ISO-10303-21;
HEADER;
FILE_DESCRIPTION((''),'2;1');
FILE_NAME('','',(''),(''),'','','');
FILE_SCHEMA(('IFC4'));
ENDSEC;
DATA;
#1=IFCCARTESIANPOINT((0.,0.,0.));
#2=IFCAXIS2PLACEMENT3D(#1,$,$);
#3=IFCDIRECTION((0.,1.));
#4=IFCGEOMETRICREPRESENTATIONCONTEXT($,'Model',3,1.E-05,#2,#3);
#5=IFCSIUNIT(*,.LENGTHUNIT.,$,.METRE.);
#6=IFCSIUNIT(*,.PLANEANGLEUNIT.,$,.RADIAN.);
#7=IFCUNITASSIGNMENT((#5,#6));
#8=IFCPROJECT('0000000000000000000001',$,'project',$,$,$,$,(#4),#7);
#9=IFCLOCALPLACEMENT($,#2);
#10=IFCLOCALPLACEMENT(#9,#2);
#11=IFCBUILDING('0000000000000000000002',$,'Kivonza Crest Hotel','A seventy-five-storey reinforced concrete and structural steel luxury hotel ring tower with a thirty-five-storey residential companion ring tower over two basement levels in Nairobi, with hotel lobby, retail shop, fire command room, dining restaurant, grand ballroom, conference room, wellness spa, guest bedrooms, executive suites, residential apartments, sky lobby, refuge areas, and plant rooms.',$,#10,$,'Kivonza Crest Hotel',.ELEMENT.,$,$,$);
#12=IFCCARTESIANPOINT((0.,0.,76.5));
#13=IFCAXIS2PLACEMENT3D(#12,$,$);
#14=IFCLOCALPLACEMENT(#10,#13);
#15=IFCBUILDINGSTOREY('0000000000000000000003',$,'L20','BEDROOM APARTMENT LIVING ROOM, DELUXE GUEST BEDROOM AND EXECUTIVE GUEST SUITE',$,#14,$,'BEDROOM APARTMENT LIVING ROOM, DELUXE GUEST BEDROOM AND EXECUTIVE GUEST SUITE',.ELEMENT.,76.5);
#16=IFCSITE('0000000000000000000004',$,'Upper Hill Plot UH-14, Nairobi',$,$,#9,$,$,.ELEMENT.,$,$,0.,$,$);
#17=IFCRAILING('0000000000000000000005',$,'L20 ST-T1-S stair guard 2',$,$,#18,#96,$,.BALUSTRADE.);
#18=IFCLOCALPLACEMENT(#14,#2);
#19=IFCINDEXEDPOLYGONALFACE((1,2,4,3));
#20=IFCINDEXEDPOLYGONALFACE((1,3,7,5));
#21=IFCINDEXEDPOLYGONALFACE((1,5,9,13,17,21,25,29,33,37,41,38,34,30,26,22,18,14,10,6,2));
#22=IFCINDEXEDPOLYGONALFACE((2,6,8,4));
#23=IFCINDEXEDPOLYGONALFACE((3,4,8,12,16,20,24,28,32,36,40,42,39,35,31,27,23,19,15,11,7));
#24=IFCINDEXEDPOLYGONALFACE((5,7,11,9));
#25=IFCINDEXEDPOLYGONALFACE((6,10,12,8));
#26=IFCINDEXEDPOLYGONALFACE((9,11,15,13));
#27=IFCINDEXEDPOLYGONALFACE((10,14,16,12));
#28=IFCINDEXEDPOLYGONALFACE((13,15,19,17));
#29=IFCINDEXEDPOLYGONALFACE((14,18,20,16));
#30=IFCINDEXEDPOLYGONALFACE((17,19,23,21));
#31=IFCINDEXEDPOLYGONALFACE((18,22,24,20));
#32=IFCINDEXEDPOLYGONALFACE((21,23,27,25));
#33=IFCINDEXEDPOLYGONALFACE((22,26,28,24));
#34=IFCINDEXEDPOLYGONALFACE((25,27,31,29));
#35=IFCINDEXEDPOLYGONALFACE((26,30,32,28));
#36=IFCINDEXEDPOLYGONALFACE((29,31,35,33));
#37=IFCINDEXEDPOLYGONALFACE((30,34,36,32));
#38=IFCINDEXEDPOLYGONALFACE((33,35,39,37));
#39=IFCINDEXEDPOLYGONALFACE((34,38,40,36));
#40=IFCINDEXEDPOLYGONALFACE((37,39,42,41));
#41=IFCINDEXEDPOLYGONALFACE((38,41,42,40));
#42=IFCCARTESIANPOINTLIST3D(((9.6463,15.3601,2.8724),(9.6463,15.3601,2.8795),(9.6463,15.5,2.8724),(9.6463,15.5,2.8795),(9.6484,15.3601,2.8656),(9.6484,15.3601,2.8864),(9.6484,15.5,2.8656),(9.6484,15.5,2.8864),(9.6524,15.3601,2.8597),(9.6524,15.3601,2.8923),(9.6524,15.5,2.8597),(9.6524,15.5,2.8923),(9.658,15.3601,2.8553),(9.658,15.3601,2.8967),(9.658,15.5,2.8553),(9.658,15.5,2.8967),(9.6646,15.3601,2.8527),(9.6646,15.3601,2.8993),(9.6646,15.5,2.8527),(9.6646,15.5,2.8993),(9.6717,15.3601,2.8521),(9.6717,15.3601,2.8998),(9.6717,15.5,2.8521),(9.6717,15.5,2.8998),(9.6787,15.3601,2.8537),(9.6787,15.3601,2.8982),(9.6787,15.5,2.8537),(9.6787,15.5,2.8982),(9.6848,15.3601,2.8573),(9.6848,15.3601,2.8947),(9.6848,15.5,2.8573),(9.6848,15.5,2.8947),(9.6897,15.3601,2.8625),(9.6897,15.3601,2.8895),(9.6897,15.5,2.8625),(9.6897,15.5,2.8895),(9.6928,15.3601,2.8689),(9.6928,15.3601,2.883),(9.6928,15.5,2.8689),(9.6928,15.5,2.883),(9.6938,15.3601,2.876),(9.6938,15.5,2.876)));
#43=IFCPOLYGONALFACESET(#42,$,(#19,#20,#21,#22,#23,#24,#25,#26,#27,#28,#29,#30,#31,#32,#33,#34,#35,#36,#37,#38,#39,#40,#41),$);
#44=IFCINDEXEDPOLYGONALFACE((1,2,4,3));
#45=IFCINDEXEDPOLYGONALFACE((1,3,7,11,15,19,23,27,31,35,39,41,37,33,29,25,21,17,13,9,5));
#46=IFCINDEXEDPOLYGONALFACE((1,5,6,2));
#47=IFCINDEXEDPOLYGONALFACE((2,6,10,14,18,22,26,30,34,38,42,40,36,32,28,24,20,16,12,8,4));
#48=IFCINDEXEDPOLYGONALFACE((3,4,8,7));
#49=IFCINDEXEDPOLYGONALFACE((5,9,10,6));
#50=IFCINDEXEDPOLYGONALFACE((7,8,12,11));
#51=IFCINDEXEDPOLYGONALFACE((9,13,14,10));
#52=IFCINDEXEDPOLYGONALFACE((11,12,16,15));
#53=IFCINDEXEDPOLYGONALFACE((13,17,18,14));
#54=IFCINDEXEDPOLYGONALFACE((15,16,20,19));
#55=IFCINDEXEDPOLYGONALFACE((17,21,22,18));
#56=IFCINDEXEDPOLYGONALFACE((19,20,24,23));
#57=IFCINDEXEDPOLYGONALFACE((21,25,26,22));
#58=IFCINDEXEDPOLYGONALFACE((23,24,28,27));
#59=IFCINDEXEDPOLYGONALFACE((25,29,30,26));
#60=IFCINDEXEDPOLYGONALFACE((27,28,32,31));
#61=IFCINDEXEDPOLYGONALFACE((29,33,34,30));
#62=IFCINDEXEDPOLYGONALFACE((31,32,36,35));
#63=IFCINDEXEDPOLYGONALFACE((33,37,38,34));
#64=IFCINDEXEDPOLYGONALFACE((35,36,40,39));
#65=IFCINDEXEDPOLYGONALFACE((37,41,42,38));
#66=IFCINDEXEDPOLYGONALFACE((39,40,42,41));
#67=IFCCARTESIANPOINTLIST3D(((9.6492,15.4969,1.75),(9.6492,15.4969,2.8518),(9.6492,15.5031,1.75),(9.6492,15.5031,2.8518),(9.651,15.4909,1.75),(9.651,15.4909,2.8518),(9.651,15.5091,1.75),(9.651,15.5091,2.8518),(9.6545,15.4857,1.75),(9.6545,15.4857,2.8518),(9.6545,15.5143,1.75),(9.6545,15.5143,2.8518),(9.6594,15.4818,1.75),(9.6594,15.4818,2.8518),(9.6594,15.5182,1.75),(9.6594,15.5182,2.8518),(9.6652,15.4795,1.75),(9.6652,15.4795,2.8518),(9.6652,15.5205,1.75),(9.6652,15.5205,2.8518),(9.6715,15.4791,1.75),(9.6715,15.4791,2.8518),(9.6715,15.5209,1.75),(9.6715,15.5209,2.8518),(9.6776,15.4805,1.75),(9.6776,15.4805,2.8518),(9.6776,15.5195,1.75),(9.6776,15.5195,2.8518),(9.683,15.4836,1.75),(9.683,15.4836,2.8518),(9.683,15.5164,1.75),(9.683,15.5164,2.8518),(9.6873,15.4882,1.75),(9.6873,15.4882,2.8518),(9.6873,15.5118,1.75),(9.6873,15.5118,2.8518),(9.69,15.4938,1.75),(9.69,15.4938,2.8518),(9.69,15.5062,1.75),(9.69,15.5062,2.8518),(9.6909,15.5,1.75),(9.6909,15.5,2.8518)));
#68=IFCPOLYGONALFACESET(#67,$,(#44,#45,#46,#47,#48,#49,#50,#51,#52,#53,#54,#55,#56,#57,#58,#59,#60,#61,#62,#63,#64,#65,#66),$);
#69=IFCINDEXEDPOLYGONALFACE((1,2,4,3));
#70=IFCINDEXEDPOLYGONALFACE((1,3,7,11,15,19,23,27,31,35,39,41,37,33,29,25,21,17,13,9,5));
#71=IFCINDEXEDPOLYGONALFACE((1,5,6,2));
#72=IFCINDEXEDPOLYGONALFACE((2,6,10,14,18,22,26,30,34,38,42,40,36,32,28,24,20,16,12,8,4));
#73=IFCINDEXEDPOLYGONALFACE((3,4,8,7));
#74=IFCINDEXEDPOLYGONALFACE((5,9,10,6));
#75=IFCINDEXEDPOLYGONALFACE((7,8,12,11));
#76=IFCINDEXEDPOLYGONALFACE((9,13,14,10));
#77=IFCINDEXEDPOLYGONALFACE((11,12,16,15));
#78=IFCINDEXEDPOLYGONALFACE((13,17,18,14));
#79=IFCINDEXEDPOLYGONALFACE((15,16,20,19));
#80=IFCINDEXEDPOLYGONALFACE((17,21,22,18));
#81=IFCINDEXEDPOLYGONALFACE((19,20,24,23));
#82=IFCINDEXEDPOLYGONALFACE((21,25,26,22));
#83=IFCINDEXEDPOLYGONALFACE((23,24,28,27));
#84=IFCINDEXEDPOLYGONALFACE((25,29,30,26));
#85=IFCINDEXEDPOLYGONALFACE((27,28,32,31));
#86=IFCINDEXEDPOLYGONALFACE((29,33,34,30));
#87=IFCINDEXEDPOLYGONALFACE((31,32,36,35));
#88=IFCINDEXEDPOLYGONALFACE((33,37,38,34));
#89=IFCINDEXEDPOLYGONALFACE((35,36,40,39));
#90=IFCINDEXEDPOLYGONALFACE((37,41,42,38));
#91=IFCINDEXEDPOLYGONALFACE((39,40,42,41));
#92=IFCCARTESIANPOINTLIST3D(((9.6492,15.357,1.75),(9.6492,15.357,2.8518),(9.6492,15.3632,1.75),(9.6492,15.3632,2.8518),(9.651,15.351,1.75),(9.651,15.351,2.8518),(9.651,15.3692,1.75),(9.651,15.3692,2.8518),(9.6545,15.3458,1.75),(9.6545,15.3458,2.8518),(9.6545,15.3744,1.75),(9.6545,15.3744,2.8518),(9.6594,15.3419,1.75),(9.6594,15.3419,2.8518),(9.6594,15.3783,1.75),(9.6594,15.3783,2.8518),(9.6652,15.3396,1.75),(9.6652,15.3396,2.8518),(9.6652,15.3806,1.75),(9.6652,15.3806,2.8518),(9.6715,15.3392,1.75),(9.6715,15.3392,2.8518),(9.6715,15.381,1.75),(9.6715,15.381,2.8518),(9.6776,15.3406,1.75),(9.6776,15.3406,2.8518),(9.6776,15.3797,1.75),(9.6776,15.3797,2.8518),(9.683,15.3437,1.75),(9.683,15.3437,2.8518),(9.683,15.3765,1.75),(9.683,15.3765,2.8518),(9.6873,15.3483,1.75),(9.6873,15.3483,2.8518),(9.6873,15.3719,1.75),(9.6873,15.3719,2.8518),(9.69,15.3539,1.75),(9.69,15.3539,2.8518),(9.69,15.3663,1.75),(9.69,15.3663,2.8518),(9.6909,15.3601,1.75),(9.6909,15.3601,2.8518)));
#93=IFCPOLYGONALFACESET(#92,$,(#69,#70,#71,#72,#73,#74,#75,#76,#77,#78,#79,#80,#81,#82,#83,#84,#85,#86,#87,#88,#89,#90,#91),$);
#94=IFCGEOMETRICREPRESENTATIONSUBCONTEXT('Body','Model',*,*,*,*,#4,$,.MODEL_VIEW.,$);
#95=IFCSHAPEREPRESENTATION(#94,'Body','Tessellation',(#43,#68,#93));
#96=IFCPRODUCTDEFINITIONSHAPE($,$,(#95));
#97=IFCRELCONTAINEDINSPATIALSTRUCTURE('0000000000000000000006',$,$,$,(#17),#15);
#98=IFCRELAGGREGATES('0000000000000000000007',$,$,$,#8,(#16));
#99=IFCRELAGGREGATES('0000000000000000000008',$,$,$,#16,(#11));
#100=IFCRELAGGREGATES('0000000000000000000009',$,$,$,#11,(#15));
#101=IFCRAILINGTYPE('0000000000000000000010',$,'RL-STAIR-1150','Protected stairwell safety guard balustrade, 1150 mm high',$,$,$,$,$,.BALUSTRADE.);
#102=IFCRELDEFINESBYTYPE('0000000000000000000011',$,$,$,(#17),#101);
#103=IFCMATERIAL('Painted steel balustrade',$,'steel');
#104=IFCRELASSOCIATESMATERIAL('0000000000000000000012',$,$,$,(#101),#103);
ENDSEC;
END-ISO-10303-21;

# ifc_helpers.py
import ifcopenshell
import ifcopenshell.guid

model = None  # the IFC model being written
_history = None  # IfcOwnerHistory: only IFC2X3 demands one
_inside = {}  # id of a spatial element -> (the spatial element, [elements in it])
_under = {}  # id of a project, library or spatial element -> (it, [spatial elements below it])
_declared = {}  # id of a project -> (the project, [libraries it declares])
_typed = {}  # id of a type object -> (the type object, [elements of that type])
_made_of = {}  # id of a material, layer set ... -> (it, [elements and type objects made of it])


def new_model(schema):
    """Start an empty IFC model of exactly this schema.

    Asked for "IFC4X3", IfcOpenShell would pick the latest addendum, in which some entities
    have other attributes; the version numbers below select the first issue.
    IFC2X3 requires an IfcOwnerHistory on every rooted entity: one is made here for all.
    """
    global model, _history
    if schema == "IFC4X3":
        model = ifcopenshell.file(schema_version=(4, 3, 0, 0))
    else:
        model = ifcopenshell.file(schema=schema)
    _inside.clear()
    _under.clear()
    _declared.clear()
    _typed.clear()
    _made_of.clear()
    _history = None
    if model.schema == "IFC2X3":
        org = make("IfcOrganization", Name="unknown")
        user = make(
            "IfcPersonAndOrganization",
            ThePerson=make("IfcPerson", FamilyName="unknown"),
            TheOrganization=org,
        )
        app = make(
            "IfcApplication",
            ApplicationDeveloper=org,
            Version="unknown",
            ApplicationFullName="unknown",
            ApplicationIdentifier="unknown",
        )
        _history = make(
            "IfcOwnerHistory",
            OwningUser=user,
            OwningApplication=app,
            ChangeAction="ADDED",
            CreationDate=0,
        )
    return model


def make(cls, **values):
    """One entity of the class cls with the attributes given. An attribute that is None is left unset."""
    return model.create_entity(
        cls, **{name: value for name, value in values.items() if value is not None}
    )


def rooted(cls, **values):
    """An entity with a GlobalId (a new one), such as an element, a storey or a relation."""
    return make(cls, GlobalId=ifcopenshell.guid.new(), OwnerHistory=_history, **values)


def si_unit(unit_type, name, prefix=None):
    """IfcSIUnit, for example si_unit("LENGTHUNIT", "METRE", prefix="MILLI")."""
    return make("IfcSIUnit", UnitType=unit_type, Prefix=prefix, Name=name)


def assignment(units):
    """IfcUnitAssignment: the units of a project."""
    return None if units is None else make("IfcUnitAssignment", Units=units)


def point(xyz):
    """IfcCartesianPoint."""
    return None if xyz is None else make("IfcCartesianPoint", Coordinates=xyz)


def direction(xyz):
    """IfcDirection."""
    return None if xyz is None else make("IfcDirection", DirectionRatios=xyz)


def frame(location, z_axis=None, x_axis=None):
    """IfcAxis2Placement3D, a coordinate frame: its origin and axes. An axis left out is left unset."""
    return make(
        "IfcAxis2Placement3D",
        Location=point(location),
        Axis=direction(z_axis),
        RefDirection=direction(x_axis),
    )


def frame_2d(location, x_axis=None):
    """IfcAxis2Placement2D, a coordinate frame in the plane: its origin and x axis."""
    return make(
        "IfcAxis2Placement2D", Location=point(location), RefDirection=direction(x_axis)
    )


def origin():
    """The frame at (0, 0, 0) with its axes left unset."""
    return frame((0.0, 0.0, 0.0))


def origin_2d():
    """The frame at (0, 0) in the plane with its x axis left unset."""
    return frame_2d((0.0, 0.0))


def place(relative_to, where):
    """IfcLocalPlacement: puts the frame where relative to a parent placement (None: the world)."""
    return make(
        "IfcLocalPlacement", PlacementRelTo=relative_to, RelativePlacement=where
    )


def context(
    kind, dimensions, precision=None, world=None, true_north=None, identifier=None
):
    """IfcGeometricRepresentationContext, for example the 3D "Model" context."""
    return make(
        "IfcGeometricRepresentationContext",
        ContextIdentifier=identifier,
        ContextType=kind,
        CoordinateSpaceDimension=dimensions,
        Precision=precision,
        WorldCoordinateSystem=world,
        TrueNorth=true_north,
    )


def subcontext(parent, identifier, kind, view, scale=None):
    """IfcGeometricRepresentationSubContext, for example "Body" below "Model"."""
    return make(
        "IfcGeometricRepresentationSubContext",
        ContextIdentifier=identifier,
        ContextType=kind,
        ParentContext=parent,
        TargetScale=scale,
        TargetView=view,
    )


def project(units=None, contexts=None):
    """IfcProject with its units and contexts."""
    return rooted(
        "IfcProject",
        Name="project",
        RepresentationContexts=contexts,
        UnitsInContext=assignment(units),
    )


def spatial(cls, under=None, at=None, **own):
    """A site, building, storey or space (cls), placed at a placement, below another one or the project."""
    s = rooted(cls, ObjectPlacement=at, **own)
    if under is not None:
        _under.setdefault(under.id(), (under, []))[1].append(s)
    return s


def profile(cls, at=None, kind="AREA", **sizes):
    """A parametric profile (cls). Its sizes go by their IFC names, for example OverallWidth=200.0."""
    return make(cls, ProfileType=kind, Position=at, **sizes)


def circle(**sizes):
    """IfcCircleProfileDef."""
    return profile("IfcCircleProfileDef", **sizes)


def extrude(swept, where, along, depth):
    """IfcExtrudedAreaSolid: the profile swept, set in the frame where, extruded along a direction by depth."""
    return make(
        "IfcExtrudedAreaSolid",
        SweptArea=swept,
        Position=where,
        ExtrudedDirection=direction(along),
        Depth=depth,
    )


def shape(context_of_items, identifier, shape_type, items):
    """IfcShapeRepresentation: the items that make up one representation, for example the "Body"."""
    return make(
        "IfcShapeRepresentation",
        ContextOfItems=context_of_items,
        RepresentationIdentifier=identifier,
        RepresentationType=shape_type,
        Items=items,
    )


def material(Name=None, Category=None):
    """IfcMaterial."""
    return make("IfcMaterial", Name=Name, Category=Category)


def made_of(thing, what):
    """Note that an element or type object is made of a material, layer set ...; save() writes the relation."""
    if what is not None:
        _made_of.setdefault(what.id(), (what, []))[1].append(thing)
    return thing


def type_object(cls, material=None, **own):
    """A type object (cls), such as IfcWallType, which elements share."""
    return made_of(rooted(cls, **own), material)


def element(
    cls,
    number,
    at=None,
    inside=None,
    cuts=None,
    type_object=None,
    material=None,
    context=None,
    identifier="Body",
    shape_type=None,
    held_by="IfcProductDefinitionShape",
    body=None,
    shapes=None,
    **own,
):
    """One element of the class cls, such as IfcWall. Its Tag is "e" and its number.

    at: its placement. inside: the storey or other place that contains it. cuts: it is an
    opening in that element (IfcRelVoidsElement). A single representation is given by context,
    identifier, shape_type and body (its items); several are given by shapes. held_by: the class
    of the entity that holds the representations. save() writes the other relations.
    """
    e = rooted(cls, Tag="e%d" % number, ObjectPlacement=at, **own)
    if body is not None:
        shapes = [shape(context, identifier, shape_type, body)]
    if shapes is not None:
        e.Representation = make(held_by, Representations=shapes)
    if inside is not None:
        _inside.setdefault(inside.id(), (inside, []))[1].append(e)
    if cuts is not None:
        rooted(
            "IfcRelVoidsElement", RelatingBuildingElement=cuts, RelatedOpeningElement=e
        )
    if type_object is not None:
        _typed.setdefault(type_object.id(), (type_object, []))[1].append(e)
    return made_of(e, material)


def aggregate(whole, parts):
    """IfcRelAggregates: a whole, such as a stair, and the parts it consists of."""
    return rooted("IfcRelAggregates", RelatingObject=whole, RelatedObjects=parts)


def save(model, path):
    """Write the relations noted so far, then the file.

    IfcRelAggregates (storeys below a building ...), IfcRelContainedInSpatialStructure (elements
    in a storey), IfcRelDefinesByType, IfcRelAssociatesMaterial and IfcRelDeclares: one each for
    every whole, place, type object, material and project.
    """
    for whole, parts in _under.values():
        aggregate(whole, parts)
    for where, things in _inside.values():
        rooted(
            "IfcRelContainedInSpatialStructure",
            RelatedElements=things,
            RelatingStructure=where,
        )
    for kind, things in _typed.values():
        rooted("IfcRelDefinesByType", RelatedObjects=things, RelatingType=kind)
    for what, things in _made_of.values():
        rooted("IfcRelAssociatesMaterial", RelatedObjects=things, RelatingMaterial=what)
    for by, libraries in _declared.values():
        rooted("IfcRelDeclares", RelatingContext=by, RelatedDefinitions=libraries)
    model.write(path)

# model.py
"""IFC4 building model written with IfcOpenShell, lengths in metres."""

from ifc_helpers import new_model, si_unit, direction, frame, origin, origin_2d, place, context, subcontext, project, spatial, circle, extrude, material, type_object, element, save


model = new_model("IFC4")

# Units and contexts
model_context = context("Model", 3, precision=1e-05, world=origin(), true_north=direction((0.0, 1.0)))
body_context = subcontext(model_context, "Body", "Model", "MODEL_VIEW")
ifc_project = project(units=[si_unit("LENGTHUNIT", "METRE"), si_unit("PLANEANGLEUNIT", "RADIAN")], contexts=[model_context])

# Site, building, storey
site_placement = place(None, origin())
site = spatial("IfcSite", under=ifc_project, at=site_placement, Name="Upper Hill Plot UH-14, Nairobi", CompositionType="ELEMENT", RefElevation=0.0)
building_placement = place(site_placement, origin())
building = spatial("IfcBuilding", under=site, at=building_placement, Name="Kivonza Crest Hotel", Description="A seventy-five-storey reinforced concrete and structural steel luxury hotel ring tower with a thirty-five-storey residential companion ring tower over two basement levels in Nairobi, with hotel lobby, retail shop, fire command room, dining restaurant, grand ballroom, conference room, wellness spa, guest bedrooms, executive suites, residential apartments, sky lobby, refuge areas, and plant rooms.", LongName="Kivonza Crest Hotel", CompositionType="ELEMENT")
storey_placement = place(building_placement, frame((0.0, 0.0, 76.5)))
storey = spatial("IfcBuildingStorey", under=building, at=storey_placement, Name="L20", Description="BEDROOM APARTMENT LIVING ROOM, DELUXE GUEST BEDROOM AND EXECUTIVE GUEST SUITE", LongName="BEDROOM APARTMENT LIVING ROOM, DELUXE GUEST BEDROOM AND EXECUTIVE GUEST SUITE", CompositionType="ELEMENT", Elevation=76.5)

# Railing
ifc_material_1 = material(Name="Painted steel balustrade", Category="steel")
railing_type_1 = type_object("IfcRailingType", Name="RL-STAIR-1150", Description="Protected stairwell safety guard balustrade, 1150 mm high", PredefinedType="BALUSTRADE", material=ifc_material_1)
railing_1_placement = place(storey_placement, frame((9.6699, 15.5, 1.75)))
element("IfcRailing", 1, at=railing_1_placement, inside=storey, type_object=railing_type_1, Name="L20 ST-T1-S stair guard 2", PredefinedType="BALUSTRADE", context=body_context, shape_type="SweptSolid", body=[
    extrude(circle(Radius=0.0239, at=origin_2d()), frame((0.0, 0.0, 1.126), z_axis=(0.0, -1.0, 0.0), x_axis=(1.0, 0.0, 0.0)), (0.0, 0.0, 1.0), 0.1399),
    extrude(circle(Radius=0.021, at=origin_2d()), origin(), (0.0, 0.0, 1.0), 1.1018),
    extrude(circle(Radius=0.021, at=origin_2d()), frame((0.0, -0.1399, 0.0)), (0.0, 0.0, 1.0), 1.1018),
])

save(model, "model.ifc")
